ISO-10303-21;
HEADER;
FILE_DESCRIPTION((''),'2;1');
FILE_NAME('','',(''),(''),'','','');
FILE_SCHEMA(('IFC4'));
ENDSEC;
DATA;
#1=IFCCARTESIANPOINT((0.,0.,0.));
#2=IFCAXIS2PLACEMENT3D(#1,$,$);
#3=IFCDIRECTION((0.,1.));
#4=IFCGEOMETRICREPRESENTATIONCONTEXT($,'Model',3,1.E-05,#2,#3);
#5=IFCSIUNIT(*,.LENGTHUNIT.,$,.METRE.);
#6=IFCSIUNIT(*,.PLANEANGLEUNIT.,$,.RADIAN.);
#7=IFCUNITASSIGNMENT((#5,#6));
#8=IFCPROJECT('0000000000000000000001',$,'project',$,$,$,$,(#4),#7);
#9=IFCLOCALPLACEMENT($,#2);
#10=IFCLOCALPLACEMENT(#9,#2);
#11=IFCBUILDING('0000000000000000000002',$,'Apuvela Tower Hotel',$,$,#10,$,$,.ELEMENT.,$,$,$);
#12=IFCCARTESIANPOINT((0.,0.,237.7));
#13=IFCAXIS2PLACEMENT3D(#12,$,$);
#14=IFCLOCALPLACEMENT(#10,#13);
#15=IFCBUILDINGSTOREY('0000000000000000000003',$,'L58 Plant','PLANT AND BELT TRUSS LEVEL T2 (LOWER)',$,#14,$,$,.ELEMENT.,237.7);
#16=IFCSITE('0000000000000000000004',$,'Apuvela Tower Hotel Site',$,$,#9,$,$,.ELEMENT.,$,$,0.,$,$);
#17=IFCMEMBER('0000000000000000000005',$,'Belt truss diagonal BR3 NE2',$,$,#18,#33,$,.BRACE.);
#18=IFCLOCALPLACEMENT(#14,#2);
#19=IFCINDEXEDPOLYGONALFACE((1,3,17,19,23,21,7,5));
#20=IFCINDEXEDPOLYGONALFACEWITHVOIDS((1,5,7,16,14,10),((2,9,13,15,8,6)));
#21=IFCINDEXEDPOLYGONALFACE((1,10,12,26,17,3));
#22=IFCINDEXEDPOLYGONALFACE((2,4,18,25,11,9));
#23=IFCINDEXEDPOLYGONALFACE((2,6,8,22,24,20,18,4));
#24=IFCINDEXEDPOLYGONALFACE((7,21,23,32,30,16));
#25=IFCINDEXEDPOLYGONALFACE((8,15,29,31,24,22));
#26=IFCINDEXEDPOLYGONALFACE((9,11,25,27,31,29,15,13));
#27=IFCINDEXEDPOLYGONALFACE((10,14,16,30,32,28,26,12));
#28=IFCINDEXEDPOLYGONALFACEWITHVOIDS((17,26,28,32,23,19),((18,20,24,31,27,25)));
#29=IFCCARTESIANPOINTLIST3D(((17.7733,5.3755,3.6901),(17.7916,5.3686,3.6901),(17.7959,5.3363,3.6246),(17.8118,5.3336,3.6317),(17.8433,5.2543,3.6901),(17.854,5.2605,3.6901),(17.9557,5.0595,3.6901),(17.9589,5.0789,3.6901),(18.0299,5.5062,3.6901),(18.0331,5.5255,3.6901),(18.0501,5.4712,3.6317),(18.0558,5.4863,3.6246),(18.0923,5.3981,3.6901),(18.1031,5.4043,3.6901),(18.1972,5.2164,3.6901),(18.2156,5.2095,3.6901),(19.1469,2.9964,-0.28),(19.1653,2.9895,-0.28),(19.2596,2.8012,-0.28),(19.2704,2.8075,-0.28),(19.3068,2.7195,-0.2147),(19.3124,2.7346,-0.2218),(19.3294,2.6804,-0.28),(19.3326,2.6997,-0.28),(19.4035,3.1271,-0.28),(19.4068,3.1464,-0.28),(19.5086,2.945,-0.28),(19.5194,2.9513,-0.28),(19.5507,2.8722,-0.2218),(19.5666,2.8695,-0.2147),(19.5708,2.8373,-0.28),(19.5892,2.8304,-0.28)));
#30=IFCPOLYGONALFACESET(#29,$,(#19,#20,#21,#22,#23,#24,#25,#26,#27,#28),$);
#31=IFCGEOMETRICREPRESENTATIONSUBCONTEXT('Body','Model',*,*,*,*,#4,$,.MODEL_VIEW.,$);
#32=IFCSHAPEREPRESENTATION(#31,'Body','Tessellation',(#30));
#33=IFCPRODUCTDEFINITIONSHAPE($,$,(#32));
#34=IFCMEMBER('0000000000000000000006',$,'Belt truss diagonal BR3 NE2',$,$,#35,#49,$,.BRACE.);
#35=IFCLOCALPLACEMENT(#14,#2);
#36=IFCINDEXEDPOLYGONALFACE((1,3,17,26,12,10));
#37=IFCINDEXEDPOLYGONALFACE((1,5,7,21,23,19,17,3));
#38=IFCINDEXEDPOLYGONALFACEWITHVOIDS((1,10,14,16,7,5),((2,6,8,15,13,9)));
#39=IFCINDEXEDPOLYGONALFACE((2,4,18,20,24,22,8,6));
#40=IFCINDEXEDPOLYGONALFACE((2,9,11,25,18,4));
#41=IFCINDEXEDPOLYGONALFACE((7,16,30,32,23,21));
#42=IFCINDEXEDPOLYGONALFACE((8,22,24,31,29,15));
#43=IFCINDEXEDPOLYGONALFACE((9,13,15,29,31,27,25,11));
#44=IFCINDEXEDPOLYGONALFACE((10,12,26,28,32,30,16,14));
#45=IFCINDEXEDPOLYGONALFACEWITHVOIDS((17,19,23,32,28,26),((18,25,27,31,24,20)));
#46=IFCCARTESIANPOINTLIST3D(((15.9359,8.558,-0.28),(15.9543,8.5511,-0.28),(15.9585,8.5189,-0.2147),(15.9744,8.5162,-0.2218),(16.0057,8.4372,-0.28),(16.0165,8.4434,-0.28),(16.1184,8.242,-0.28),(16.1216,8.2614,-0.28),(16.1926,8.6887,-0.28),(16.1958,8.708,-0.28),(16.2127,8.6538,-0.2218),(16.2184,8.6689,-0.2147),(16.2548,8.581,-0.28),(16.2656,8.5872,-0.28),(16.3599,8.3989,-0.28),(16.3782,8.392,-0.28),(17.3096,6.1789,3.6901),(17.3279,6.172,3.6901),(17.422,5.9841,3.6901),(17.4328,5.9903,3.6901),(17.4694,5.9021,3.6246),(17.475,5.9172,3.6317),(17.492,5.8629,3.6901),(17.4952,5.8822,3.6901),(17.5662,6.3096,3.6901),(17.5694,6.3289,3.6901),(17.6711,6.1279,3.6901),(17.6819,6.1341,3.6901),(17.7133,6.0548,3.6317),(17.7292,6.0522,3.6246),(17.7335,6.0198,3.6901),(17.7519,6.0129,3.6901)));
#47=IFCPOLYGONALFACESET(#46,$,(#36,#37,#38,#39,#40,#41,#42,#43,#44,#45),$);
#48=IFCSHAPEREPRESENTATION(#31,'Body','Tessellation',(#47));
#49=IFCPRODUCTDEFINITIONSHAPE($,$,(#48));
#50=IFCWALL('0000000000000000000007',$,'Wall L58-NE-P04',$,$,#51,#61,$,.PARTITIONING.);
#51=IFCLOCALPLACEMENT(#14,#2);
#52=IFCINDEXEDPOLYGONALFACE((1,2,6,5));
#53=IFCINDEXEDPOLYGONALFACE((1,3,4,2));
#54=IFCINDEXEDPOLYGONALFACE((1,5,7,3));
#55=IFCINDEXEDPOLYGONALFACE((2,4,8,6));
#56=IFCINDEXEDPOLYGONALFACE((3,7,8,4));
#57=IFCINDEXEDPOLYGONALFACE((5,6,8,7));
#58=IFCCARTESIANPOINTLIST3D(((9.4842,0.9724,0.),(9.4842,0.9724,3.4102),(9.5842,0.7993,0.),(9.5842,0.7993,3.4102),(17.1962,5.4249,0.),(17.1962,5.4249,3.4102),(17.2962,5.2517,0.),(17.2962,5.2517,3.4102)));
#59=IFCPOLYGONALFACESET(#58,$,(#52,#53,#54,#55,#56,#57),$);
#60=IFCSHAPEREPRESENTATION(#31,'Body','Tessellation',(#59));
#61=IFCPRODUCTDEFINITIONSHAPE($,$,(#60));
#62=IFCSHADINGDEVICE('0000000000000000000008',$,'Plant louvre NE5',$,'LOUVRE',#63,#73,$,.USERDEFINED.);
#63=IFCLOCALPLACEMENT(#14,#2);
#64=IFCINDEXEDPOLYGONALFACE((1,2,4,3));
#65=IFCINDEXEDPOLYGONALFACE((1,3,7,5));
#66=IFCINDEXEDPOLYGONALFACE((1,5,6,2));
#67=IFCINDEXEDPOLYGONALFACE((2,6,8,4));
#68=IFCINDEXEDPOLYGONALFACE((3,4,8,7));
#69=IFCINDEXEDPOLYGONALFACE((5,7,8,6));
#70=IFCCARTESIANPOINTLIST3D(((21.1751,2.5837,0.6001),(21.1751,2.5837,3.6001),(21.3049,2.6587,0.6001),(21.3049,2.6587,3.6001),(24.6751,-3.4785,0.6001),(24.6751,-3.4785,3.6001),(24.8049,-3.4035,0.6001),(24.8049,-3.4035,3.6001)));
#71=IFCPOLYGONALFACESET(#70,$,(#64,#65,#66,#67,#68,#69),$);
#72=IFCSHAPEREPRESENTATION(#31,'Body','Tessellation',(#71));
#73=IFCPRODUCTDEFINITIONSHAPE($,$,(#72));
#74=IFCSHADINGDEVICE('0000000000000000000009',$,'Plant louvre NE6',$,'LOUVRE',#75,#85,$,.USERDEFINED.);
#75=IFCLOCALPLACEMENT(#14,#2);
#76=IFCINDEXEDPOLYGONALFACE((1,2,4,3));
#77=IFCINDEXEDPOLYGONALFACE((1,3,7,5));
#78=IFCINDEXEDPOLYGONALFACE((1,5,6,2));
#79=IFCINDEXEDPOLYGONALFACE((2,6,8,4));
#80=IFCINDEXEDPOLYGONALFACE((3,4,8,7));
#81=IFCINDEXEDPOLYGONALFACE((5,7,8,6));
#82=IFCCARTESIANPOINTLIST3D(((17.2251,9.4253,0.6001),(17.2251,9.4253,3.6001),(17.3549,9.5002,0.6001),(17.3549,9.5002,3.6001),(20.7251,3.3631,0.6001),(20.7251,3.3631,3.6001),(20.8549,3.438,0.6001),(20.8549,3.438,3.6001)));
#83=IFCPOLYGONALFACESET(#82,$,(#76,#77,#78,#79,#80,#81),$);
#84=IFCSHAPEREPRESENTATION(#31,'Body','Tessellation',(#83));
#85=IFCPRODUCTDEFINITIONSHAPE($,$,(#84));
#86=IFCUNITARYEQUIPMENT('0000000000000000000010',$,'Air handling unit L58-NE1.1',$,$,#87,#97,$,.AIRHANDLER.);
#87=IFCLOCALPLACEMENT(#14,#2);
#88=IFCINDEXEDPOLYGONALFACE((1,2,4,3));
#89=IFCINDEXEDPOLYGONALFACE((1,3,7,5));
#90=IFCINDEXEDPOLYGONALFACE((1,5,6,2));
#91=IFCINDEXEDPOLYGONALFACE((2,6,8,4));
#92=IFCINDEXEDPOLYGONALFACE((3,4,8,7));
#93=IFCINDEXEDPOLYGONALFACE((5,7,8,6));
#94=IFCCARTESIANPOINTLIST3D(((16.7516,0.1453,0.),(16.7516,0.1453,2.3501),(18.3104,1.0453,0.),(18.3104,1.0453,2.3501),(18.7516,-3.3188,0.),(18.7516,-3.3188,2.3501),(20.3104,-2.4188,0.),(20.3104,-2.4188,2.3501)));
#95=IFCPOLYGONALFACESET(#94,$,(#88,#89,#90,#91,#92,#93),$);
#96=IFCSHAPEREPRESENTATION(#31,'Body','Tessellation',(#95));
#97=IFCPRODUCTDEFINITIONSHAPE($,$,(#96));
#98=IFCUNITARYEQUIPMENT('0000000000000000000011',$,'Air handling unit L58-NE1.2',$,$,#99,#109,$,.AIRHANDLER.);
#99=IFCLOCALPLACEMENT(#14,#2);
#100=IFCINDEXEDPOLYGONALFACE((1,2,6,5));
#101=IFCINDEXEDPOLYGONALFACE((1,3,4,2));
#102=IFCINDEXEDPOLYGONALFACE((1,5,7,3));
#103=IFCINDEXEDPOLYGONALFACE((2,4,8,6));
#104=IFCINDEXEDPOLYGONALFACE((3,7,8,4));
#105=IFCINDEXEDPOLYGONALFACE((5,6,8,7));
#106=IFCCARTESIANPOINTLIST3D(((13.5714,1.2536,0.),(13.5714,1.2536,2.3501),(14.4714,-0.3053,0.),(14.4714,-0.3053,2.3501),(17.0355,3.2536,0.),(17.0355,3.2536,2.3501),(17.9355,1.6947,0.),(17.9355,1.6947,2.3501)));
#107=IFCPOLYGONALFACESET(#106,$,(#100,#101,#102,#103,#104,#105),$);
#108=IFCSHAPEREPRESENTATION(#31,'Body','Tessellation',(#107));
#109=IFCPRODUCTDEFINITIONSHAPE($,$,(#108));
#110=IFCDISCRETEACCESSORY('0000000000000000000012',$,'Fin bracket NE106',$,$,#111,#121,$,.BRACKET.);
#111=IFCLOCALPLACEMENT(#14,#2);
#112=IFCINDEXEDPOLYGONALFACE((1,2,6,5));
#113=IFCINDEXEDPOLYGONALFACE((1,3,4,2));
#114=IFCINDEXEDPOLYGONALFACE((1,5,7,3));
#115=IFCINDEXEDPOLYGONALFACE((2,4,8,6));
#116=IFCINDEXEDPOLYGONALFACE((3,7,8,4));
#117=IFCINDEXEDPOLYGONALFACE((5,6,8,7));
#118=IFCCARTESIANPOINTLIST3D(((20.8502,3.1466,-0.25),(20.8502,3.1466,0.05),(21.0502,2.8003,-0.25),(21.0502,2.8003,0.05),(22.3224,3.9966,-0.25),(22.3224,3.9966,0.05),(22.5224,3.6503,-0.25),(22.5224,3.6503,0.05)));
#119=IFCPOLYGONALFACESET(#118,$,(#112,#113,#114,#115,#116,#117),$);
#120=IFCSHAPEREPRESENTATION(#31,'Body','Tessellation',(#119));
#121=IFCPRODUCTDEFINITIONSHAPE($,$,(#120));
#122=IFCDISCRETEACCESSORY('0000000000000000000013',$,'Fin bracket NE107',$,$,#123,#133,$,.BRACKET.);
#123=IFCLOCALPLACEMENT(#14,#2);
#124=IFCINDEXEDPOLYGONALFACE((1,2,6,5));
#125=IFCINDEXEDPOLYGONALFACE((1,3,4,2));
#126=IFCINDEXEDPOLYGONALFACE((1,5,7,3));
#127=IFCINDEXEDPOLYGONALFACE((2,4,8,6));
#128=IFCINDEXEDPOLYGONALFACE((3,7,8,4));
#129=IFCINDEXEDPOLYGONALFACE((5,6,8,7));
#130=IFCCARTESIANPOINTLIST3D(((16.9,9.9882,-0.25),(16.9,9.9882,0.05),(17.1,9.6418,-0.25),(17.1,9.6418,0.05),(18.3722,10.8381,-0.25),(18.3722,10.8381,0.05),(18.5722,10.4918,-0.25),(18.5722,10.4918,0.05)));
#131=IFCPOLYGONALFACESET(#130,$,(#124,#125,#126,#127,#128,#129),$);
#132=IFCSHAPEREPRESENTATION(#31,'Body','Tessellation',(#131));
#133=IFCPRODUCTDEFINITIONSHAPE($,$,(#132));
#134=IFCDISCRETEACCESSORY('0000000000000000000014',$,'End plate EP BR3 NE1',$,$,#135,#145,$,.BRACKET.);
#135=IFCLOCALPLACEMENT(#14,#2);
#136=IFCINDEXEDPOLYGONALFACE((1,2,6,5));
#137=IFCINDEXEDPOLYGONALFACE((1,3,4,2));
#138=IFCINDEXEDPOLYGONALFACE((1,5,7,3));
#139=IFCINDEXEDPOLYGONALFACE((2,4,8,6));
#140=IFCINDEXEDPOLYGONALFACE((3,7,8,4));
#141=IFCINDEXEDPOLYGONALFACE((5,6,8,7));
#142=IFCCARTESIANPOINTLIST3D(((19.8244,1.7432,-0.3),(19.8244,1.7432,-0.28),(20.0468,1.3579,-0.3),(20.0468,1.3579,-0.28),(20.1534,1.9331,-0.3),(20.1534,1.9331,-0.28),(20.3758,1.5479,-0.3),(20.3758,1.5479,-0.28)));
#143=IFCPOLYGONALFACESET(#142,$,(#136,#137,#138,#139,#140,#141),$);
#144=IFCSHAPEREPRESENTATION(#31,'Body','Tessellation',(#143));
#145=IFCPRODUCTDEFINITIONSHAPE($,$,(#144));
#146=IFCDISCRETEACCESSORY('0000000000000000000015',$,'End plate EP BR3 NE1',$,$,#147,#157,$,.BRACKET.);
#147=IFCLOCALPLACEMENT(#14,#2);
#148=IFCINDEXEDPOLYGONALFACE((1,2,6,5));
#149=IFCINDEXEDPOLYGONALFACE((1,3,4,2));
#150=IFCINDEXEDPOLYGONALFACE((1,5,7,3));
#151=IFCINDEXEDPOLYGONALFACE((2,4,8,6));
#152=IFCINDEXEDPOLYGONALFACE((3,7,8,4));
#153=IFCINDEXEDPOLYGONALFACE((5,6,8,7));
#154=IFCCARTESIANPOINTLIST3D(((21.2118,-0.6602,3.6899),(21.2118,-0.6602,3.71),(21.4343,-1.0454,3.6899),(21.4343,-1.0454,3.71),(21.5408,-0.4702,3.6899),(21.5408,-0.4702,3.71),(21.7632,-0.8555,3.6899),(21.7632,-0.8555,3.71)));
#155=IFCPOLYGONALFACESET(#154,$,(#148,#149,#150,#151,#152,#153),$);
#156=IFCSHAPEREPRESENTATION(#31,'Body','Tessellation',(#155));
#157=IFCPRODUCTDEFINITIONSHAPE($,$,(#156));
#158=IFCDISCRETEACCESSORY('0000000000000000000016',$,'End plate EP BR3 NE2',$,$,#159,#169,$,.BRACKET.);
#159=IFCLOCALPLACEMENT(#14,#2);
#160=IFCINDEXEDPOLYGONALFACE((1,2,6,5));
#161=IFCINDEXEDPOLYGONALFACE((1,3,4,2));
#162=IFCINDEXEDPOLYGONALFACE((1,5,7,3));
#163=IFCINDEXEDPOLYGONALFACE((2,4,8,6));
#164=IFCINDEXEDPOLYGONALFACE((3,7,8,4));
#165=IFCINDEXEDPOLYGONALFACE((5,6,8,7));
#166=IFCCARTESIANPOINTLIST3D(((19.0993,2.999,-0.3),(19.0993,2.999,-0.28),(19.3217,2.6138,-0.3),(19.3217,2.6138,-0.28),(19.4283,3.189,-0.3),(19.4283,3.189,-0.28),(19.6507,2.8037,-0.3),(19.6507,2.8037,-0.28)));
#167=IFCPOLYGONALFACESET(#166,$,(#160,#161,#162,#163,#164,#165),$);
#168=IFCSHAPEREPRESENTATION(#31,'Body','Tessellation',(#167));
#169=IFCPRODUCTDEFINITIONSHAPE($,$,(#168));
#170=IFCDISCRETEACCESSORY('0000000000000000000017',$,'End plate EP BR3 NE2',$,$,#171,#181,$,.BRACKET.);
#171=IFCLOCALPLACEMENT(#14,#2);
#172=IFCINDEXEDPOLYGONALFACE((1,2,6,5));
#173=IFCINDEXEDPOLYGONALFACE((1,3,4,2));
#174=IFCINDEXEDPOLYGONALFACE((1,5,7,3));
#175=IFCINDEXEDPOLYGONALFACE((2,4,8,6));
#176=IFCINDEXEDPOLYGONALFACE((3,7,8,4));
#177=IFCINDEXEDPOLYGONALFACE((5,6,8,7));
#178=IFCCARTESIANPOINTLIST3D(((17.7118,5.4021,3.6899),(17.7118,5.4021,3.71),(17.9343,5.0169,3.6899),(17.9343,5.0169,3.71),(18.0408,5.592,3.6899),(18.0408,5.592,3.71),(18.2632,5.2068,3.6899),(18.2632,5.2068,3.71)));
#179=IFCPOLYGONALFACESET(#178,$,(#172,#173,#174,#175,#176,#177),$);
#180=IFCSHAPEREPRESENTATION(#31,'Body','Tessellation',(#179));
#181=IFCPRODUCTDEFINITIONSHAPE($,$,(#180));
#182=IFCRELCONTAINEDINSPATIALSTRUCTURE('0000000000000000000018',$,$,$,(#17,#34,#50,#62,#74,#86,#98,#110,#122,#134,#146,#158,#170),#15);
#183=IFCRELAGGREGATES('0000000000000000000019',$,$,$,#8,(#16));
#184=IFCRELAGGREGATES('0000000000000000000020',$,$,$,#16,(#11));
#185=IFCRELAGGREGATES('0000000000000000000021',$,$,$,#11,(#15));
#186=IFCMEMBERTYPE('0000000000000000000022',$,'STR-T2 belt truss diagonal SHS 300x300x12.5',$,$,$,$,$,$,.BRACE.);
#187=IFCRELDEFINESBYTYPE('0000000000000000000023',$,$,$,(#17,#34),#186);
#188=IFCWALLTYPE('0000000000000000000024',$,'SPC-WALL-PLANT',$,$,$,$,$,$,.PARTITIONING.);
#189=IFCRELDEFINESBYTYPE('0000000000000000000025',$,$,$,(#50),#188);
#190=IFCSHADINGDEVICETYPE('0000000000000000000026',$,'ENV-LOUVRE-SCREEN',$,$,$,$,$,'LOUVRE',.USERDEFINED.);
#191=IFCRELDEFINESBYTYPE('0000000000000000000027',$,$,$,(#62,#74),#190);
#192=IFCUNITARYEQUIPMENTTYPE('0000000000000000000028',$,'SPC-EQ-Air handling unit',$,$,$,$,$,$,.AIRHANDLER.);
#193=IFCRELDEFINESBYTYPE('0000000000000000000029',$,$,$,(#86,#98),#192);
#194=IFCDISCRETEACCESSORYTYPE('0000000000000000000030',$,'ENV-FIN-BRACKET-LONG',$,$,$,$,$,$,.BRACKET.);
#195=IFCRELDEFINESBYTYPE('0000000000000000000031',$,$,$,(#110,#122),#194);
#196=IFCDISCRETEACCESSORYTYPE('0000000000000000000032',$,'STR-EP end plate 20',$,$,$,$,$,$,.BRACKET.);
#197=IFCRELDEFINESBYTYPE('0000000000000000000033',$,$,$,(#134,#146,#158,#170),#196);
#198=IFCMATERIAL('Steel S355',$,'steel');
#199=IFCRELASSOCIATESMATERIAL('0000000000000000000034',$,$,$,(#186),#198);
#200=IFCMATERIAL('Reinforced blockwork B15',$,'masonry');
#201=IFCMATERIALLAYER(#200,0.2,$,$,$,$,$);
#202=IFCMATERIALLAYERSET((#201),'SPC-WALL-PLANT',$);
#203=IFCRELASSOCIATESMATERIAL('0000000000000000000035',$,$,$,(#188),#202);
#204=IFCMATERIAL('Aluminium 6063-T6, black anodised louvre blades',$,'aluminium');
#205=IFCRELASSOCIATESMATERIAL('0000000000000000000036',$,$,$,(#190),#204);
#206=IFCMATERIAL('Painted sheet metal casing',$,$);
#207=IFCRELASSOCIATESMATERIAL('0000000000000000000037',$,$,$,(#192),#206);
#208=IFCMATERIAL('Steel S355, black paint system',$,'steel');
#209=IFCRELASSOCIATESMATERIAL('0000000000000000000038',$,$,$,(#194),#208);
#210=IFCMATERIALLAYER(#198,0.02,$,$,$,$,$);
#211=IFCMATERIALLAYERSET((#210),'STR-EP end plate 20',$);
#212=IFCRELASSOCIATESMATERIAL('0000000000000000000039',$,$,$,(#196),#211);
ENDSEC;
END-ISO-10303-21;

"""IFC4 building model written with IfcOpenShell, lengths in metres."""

from ifc_helpers import new_model, si_unit, direction, frame, frame_2d, origin, origin_2d, place, context, subcontext, project, spatial, rectangle, hollow_rectangle, extrude, boolean, halfspace, material, layer, layer_set, material_profile, profile_set, type_object, element, save


model = new_model("IFC4")

# Units and contexts
model_context = context("Model", 3, precision=1e-05, world=origin(), true_north=direction((0.0, 1.0)))
body_context = subcontext(model_context, "Body", "Model", "MODEL_VIEW")
ifc_project = project(units=[si_unit("LENGTHUNIT", "METRE"), si_unit("PLANEANGLEUNIT", "RADIAN")], contexts=[model_context])

# Site, building, storey
site_placement = place(None, origin())
site = spatial("IfcSite", under=ifc_project, at=site_placement, Name="Apuvela Tower Hotel Site", CompositionType="ELEMENT", RefElevation=0.0)
building_placement = place(site_placement, origin())
building = spatial("IfcBuilding", under=site, at=building_placement, Name="Apuvela Tower Hotel", CompositionType="ELEMENT")
storey_placement = place(building_placement, frame((0.0, 0.0, 237.7)))
storey = spatial("IfcBuildingStorey", under=building, at=storey_placement, Name="L58 Plant", Description="PLANT AND BELT TRUSS LEVEL T2 (LOWER)", CompositionType="ELEMENT", Elevation=237.7)

# Shared definitions
ifc_material_1 = material(Name="Steel S355", Category="steel")

# Members
ifc_material_profile_1 = material_profile(ifc_material_1, hollow_rectangle(XDim=0.3, YDim=0.3, WallThickness=0.0125, at=origin_2d()), Name="SHS 300x300x12.5")
ifc_profile_set_1 = profile_set([ifc_material_profile_1], Name="Steel S355")
member_type_1 = type_object("IfcMemberType", Name="STR-T2 belt truss diagonal SHS 300x300x12.5", PredefinedType="BRACE", material=ifc_profile_set_1)
member_1_placement = place(storey_placement, frame((19.375, 2.9014, -0.3), z_axis=(-0.284519, 0.49279, 0.822318), x_axis=(0.411167, -0.712144, 0.569028)))
solid_1 = boolean("DIFFERENCE", boolean("DIFFERENCE", extrude(hollow_rectangle(XDim=0.3, YDim=0.3, WallThickness=0.0125, at=origin_2d()), frame((0.0, 0.0, -0.2239)), (0.0, 0.0, 1.0), 5.324), halfspace(frame((0.0, 0.0, 0.0244), z_axis=(0.569028, 0.0, 0.822318), x_axis=(0.822318, 0.0, -0.569028)), True)), halfspace(frame((0.0, 0.0, 4.8523), z_axis=(0.569028, 0.0, 0.822318), x_axis=(0.822318, 0.0, -0.569028)), False))
element("IfcMember", 1, at=member_1_placement, inside=storey, type_object=member_type_1, Name="Belt truss diagonal BR3 NE2", PredefinedType="BRACE", context=body_context, shape_type="SweptSolid", body=[
    boolean("UNION", boolean("DIFFERENCE", boolean("DIFFERENCE", extrude(hollow_rectangle(XDim=0.3, YDim=0.3, WallThickness=0.0125, at=origin_2d()), origin(), (0.0, 0.0, 1.0), 4.8765), halfspace(frame((0.0, 0.0, 0.0244), z_axis=(0.569028, 0.0, 0.822318), x_axis=(0.822318, 0.0, -0.569028)), True)), halfspace(frame((0.0, 0.0, 4.8523), z_axis=(0.569028, 0.0, 0.822318), x_axis=(0.822318, 0.0, -0.569028)), False)), solid_1),
])
member_2_placement = place(storey_placement, frame((16.1501, 8.4871, -0.3), z_axis=(0.284519, -0.49279, 0.822318), x_axis=(-0.411167, 0.712144, 0.569028)))
solid_2 = boolean("DIFFERENCE", boolean("DIFFERENCE", extrude(hollow_rectangle(XDim=0.3, YDim=0.3, WallThickness=0.0125, at=origin_2d()), frame((0.0, 0.0, -0.2239)), (0.0, 0.0, 1.0), 5.324), halfspace(frame((0.0, 0.0, 0.0244), z_axis=(0.569028, 0.0, 0.822318), x_axis=(0.822318, 0.0, -0.569028)), True)), halfspace(frame((0.0, 0.0, 4.8523), z_axis=(0.569028, 0.0, 0.822318), x_axis=(0.822318, 0.0, -0.569028)), False))
element("IfcMember", 2, at=member_2_placement, inside=storey, type_object=member_type_1, Name="Belt truss diagonal BR3 NE2", PredefinedType="BRACE", context=body_context, shape_type="SweptSolid", body=[
    boolean("UNION", boolean("DIFFERENCE", boolean("DIFFERENCE", extrude(hollow_rectangle(XDim=0.3, YDim=0.3, WallThickness=0.0125, at=origin_2d()), origin(), (0.0, 0.0, 1.0), 4.8765), halfspace(frame((0.0, 0.0, 0.0244), z_axis=(0.569028, 0.0, 0.822318), x_axis=(0.822318, 0.0, -0.569028)), True)), halfspace(frame((0.0, 0.0, 4.8523), z_axis=(0.569028, 0.0, 0.822318), x_axis=(0.822318, 0.0, -0.569028)), False)), solid_2),
])

# Wall
ifc_material_2 = material(Name="Reinforced blockwork B15", Category="masonry")
ifc_layer_1 = layer(ifc_material_2, 0.2)
ifc_layer_set_1 = layer_set([ifc_layer_1], Name="SPC-WALL-PLANT")
wall_type = type_object("IfcWallType", Name="SPC-WALL-PLANT", PredefinedType="PARTITIONING", material=ifc_layer_set_1)
wall_placement = place(storey_placement, frame((17.2463, 5.3384, 0.0), z_axis=(0.0, 0.0, 1.0), x_axis=(-0.866029, -0.499993, 0.0)))
element("IfcWall", 3, at=wall_placement, inside=storey, type_object=wall_type, Name="Wall L58-NE-P04", PredefinedType="PARTITIONING", context=body_context, shape_type="SweptSolid", body=[
    extrude(rectangle(XDim=8.905, YDim=0.2, at=frame_2d((4.4526, 0.0))), origin(), (0.0, 0.0, 1.0), 3.4102),
])

# Shading devices
ifc_material_3 = material(Name="Aluminium 6063-T6, black anodised louvre blades", Category="aluminium")
shading_device_type = type_object("IfcShadingDeviceType", Name="ENV-LOUVRE-SCREEN", ElementType="LOUVRE", PredefinedType="USERDEFINED", material=ifc_material_3)
for number, where, z_axis, x_axis, name in (
    (4, (22.99, -0.4099, 0.6001), (0.0, 0.0, 1.0), (-0.5, 0.866025, 0.0), "Plant louvre NE5"),
    (5, (19.04, 6.4316, 0.6001), (0.0, 0.0, 1.0), (-0.5, 0.866025, 0.0), "Plant louvre NE6"),
):
    element("IfcShadingDevice", number, at=place(storey_placement, frame(where, z_axis=z_axis, x_axis=x_axis)), inside=storey, type_object=shading_device_type, Name=name, ObjectType="LOUVRE", PredefinedType="USERDEFINED", context=body_context, shape_type="SweptSolid", body=[
        extrude(rectangle(XDim=7.0, YDim=0.1499, at=origin_2d()), origin(), (0.0, 0.0, 1.0), 3.0),
    ])

# Unitary equipment
ifc_material_4 = material(Name="Painted sheet metal casing")
unitary_equipment_type = type_object("IfcUnitaryEquipmentType", Name="SPC-EQ-Air handling unit", PredefinedType="AIRHANDLER", material=ifc_material_4)
unitary_equipment_1_placement = place(storey_placement, frame((18.531, -1.1367, 0.0), z_axis=(0.0, 0.0, 1.0), x_axis=(-0.5, 0.866025, 0.0)))
element("IfcUnitaryEquipment", 6, at=unitary_equipment_1_placement, inside=storey, type_object=unitary_equipment_type, Name="Air handling unit L58-NE1.1", PredefinedType="AIRHANDLER", context=body_context, shape_type="SweptSolid", body=[
    extrude(rectangle(XDim=4.0, YDim=1.8, at=origin_2d()), origin(), (0.0, 0.0, 1.0), 2.3501),
])
unitary_equipment_2_placement = place(storey_placement, frame((15.7534, 1.4741, 0.0), z_axis=(0.0, 0.0, 1.0), x_axis=(-0.5, 0.866025, 0.0)))
element("IfcUnitaryEquipment", 7, at=unitary_equipment_2_placement, inside=storey, type_object=unitary_equipment_type, Name="Air handling unit L58-NE1.2", PredefinedType="AIRHANDLER", context=body_context, shape_type="SweptSolid", body=[
    extrude(rectangle(XDim=1.8, YDim=4.0, at=origin_2d()), origin(), (0.0, 0.0, 1.0), 2.3501),
])

# Discrete accessories
ifc_material_5 = material(Name="Steel S355, black paint system", Category="steel")
discrete_accessory_type_1 = type_object("IfcDiscreteAccessoryType", Name="ENV-FIN-BRACKET-LONG", PredefinedType="BRACKET", material=ifc_material_5)
for number, where, z_axis, x_axis, name in (
    (8, (21.6863, 3.3984, -0.25), (0.0, 0.0, 1.0), (-0.5, 0.866025, 0.0), "Fin bracket NE106"),
    (9, (17.7361, 10.24, -0.25), (0.0, 0.0, 1.0), (-0.5, 0.866025, 0.0), "Fin bracket NE107"),
):
    element("IfcDiscreteAccessory", number, at=place(storey_placement, frame(where, z_axis=z_axis, x_axis=x_axis)), inside=storey, type_object=discrete_accessory_type_1, Name=name, PredefinedType="BRACKET", context=body_context, shape_type="SweptSolid", body=[
        extrude(rectangle(XDim=0.3999, YDim=1.7, at=origin_2d()), origin(), (0.0, 0.0, 1.0), 0.3),
    ])
ifc_layer_2 = layer(ifc_material_1, 0.02)
ifc_layer_set_2 = layer_set([ifc_layer_2], Name="STR-EP end plate 20")
discrete_accessory_type_2 = type_object("IfcDiscreteAccessoryType", Name="STR-EP end plate 20", PredefinedType="BRACKET", material=ifc_layer_set_2)
for number, where, z_axis, x_axis, name in (
    (10, (20.1001, 1.6455, -0.3), (0.0, 0.0, 1.0), (0.5, -0.866025, 0.0), "End plate EP BR3 NE1"),
    (11, (21.4875, -0.7578, 3.6899), (0.0, 0.0, 1.0), (0.5, -0.866025, 0.0), "End plate EP BR3 NE1"),
    (12, (19.375, 2.9014, -0.3), (0.0, 0.0, 1.0), (-0.5, 0.866025, 0.0), "End plate EP BR3 NE2"),
    (13, (17.9875, 5.3044, 3.6899), (0.0, 0.0, 1.0), (-0.5, 0.866025, 0.0), "End plate EP BR3 NE2"),
):
    element("IfcDiscreteAccessory", number, at=place(storey_placement, frame(where, z_axis=z_axis, x_axis=x_axis)), inside=storey, type_object=discrete_accessory_type_2, Name=name, PredefinedType="BRACKET", context=body_context, shape_type="SweptSolid", body=[
        extrude(rectangle(XDim=0.4448, YDim=0.3799, at=origin_2d()), origin(), (0.0, 0.0, 1.0), 0.02),
    ])

save(model, "model.ifc")
